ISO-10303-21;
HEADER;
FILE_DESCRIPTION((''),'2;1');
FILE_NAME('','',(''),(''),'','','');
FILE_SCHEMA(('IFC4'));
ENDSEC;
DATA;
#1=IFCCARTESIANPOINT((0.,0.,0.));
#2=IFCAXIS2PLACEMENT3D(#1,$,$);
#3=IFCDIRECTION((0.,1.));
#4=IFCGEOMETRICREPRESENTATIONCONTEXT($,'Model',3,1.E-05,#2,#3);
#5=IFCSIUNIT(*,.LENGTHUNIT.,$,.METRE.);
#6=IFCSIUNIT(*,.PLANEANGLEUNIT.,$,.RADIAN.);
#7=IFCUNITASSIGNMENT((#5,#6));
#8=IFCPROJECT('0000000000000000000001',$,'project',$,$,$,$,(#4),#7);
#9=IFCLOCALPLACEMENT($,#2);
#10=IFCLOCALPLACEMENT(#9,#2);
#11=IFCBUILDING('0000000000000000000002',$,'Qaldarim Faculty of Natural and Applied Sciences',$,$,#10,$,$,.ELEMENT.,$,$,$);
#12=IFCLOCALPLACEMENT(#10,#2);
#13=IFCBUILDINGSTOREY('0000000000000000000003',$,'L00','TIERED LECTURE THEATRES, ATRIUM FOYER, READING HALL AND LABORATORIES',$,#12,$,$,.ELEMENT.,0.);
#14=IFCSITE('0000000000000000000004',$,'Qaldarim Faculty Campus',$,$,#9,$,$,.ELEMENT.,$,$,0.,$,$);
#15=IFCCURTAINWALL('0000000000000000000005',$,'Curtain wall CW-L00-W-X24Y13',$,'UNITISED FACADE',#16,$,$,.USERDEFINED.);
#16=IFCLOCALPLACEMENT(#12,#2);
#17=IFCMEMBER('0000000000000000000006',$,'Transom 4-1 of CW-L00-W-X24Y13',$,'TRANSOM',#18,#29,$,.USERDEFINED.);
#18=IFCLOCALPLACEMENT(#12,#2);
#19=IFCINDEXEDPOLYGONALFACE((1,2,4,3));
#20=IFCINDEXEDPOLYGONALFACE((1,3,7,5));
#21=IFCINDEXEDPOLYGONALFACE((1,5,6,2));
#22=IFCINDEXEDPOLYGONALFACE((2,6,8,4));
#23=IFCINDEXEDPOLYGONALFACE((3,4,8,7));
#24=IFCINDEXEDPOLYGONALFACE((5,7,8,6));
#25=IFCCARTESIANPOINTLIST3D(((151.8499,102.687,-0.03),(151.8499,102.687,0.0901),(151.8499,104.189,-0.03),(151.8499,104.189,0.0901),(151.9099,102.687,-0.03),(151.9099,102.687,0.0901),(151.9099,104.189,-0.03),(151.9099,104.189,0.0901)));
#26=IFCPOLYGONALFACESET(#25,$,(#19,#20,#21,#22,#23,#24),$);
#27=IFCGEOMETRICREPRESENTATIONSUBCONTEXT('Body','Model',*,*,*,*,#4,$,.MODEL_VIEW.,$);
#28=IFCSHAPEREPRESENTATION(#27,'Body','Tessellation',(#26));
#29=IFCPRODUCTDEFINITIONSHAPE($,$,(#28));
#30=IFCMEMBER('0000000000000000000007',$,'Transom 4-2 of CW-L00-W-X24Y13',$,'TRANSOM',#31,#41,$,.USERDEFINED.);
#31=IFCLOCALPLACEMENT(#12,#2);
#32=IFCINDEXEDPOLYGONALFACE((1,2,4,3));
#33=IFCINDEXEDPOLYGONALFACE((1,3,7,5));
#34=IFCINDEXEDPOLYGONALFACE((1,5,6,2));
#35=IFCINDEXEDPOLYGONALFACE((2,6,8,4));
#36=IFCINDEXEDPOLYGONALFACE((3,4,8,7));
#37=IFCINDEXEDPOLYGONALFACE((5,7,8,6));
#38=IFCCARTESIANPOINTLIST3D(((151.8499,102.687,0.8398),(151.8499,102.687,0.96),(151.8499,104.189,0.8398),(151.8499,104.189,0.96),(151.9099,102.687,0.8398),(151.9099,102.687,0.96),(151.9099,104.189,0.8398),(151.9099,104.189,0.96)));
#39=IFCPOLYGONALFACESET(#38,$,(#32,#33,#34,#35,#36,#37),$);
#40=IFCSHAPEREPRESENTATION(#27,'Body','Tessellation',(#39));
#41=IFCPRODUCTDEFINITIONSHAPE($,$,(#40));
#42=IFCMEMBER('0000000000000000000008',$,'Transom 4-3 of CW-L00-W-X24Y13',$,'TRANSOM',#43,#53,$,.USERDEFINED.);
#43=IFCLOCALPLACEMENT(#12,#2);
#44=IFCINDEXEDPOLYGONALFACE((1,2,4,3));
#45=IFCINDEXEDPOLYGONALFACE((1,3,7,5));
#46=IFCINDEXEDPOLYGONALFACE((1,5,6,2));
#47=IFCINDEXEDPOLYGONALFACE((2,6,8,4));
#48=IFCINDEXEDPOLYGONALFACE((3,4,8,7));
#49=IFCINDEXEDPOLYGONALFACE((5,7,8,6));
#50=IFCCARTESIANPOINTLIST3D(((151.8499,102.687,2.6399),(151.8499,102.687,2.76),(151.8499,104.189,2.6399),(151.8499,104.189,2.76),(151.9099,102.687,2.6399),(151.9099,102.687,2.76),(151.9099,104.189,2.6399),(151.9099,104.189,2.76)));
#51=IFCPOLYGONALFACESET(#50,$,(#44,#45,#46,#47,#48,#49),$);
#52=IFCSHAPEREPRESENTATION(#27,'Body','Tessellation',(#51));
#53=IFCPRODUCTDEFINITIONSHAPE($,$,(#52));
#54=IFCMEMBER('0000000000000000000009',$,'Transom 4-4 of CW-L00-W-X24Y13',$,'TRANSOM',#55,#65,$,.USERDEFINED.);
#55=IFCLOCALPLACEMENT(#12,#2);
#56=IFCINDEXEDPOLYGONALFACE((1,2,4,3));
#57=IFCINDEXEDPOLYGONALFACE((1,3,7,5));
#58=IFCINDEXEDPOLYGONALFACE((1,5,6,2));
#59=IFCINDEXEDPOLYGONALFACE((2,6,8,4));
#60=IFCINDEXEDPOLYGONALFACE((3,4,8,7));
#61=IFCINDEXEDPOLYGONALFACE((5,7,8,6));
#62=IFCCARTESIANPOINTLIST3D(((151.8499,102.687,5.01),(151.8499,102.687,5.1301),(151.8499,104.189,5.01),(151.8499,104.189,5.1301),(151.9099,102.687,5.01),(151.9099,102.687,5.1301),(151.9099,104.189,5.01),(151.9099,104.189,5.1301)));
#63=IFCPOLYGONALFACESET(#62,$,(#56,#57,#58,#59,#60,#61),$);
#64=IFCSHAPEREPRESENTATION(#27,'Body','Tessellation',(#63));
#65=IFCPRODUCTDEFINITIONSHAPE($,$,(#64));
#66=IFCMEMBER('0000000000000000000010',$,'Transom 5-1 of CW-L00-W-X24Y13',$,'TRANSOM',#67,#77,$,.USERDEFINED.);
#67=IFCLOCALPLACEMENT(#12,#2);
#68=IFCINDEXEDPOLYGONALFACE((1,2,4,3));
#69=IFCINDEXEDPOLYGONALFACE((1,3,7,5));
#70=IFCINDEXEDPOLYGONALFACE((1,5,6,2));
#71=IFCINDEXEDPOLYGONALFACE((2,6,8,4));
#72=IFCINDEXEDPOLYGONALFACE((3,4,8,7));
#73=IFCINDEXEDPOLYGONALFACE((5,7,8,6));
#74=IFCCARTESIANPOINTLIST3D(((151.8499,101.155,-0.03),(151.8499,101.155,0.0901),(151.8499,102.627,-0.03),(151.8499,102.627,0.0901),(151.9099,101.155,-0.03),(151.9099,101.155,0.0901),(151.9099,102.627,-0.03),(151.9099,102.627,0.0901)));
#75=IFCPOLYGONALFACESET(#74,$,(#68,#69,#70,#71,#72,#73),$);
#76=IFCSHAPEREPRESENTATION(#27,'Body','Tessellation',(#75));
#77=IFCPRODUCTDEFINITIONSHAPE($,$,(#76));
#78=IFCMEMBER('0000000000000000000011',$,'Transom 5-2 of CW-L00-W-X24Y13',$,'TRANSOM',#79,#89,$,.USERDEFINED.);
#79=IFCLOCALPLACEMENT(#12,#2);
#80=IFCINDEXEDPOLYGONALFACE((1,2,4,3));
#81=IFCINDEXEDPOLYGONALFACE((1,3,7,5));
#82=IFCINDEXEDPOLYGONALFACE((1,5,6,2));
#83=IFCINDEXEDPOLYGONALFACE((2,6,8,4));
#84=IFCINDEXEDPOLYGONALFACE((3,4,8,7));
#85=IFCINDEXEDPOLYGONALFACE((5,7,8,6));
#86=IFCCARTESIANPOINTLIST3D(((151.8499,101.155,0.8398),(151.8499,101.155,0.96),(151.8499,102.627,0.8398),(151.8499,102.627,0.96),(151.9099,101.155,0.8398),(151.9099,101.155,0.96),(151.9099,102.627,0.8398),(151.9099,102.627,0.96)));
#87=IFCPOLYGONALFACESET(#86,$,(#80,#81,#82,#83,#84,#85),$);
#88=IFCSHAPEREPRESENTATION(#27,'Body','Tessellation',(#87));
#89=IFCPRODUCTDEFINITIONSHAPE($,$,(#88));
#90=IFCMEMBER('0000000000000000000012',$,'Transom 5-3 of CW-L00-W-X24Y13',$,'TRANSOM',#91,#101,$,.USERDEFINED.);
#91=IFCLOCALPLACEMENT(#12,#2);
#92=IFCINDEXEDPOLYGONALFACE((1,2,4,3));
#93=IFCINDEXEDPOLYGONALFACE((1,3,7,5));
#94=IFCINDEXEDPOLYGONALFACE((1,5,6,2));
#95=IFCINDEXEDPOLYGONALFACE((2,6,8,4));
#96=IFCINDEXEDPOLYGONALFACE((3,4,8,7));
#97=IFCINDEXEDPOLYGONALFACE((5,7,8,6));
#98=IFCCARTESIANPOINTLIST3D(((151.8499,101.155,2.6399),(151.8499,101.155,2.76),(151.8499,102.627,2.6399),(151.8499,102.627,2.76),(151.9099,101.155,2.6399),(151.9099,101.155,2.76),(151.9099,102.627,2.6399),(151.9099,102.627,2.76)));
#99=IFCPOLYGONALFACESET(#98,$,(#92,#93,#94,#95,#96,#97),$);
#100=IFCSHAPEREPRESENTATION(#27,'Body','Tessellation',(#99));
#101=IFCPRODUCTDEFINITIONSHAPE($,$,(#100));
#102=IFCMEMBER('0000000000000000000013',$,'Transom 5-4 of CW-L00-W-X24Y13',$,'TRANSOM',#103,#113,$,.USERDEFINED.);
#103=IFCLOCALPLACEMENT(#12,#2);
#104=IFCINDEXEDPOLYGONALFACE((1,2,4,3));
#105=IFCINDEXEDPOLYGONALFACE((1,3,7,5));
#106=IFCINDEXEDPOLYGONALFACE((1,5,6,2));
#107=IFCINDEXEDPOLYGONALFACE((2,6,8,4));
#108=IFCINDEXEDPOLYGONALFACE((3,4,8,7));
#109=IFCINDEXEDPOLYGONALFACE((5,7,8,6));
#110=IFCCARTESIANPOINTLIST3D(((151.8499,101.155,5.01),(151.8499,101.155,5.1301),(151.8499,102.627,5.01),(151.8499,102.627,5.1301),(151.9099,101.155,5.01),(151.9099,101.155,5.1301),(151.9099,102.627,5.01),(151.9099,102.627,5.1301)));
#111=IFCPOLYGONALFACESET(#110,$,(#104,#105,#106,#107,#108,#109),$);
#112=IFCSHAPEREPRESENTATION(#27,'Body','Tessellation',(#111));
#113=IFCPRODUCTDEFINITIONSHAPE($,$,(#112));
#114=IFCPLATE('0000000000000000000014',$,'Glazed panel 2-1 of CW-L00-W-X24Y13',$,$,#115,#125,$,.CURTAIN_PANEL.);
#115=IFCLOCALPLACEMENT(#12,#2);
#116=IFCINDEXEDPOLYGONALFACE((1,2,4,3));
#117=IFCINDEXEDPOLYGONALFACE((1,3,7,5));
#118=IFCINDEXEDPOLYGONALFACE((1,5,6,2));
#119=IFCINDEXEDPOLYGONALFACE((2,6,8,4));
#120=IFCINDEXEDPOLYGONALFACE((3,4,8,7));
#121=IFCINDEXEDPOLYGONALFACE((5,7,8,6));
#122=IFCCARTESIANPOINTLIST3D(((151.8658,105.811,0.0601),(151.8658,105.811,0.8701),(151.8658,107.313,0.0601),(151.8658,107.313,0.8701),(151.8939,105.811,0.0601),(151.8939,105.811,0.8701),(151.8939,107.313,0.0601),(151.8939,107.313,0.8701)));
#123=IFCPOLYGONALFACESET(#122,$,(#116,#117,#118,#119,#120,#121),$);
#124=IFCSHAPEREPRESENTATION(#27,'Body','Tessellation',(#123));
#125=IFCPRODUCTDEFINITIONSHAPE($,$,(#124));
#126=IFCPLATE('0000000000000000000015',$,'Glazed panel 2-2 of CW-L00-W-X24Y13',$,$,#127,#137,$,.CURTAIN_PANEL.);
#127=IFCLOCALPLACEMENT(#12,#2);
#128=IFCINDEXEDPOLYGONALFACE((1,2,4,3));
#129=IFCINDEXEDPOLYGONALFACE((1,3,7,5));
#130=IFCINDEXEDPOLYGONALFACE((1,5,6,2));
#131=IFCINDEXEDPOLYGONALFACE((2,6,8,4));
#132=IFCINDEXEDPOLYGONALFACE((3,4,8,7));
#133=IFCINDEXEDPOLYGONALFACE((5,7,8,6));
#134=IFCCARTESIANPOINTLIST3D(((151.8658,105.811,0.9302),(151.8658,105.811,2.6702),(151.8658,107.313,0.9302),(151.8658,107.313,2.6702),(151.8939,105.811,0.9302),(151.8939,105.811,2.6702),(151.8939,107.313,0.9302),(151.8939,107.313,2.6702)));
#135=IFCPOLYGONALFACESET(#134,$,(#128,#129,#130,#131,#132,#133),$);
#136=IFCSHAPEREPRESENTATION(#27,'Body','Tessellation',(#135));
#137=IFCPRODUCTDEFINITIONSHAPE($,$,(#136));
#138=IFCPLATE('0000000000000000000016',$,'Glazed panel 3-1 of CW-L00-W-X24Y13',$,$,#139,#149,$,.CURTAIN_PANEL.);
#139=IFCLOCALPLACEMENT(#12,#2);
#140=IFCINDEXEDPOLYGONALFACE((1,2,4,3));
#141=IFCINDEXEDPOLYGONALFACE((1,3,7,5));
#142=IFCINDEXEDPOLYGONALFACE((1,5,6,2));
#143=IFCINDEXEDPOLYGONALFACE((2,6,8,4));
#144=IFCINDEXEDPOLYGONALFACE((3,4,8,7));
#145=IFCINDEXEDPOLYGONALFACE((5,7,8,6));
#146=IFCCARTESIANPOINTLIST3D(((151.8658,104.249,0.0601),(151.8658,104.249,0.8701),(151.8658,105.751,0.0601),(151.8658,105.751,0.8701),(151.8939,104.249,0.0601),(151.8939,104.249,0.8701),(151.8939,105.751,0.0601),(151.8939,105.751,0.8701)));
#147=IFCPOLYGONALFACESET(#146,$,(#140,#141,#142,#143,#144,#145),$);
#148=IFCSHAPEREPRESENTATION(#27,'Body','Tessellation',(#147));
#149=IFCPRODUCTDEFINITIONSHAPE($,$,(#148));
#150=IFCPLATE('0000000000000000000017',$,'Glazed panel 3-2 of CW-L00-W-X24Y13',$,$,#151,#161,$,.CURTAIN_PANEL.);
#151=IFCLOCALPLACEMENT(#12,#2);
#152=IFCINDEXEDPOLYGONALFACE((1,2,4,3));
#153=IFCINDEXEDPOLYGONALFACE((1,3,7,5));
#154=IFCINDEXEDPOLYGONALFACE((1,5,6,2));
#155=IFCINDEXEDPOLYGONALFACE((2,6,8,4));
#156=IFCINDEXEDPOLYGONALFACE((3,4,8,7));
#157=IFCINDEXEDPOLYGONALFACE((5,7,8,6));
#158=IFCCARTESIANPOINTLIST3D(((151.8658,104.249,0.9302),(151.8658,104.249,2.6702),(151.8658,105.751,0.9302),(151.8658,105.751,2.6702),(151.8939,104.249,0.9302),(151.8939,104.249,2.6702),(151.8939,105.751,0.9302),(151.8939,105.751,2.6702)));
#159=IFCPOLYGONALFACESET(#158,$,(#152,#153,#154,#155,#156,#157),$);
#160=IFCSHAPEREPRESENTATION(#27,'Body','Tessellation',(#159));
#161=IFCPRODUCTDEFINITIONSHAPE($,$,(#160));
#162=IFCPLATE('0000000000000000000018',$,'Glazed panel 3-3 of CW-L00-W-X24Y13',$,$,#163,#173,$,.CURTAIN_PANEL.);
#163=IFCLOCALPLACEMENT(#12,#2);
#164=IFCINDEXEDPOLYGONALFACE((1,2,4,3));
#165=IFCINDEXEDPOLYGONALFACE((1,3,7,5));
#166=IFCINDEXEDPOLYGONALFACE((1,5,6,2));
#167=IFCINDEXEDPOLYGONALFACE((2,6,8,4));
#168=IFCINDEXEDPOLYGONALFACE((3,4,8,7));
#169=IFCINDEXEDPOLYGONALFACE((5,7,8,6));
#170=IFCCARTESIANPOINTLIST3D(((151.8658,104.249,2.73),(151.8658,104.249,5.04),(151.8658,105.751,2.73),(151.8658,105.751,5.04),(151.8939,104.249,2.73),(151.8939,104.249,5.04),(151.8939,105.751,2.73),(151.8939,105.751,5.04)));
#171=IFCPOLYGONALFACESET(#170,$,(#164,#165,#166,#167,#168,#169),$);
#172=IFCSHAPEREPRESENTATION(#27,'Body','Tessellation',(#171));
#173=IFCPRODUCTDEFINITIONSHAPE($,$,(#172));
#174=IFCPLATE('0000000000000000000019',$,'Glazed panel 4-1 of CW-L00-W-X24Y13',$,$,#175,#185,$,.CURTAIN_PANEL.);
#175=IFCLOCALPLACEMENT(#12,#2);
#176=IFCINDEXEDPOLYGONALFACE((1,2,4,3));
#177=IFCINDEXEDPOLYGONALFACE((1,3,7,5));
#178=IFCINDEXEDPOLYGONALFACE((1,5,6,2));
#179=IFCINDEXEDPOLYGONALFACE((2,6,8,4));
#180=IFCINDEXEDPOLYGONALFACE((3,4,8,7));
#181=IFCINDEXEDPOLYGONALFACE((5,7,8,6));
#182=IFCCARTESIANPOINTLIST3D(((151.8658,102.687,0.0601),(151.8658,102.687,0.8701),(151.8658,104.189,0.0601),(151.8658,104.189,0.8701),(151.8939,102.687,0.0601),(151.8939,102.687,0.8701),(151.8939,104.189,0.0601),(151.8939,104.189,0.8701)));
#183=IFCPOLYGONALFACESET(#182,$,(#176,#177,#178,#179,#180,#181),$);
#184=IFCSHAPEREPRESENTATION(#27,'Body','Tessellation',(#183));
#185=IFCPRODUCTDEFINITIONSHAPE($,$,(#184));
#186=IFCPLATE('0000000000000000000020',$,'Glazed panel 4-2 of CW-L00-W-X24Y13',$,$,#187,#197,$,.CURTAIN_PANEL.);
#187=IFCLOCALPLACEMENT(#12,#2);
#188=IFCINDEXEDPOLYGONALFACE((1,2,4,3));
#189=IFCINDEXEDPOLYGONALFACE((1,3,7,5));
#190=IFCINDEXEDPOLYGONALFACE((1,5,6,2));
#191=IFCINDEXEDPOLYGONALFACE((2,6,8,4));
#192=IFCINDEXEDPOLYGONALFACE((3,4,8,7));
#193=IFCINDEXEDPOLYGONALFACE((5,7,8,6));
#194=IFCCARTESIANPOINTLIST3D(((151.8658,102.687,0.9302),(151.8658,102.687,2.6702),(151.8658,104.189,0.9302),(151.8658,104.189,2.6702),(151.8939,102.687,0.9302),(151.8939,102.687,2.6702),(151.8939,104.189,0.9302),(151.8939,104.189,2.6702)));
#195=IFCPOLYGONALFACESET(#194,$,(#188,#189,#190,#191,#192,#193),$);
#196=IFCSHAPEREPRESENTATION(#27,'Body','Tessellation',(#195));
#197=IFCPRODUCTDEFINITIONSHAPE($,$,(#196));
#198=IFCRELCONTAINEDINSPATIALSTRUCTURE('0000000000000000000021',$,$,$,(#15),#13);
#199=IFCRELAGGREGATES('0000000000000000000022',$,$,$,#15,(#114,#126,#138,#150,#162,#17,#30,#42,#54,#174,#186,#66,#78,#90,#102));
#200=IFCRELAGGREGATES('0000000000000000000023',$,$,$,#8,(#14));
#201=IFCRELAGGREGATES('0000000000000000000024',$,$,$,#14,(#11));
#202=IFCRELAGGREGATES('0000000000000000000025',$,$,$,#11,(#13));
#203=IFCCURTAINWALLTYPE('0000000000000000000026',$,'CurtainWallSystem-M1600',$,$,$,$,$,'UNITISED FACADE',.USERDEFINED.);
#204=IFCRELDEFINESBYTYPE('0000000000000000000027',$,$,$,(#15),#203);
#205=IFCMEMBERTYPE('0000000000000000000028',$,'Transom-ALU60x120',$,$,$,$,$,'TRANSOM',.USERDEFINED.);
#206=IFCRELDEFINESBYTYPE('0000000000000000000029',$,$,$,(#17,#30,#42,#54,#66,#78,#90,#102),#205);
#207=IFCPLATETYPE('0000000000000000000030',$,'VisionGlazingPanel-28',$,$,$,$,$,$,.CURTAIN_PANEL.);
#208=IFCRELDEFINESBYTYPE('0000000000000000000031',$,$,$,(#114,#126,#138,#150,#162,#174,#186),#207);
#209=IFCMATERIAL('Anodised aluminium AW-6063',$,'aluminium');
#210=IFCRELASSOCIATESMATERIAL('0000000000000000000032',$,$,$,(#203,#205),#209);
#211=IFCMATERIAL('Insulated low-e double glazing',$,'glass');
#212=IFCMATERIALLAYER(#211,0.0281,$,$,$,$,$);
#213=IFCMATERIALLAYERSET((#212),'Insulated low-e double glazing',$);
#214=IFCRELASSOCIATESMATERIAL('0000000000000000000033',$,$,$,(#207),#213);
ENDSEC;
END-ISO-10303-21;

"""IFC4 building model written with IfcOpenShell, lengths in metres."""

from ifc_helpers import new_model, si_unit, direction, frame, origin, origin_2d, place, context, subcontext, project, spatial, rectangle, extrude, material, layer, layer_set, material_profile, profile_set, type_object, element, aggregate, save


model = new_model("IFC4")

# Units and contexts
model_context = context("Model", 3, precision=1e-05, world=origin(), true_north=direction((0.0, 1.0)))
body_context = subcontext(model_context, "Body", "Model", "MODEL_VIEW")
ifc_project = project(units=[si_unit("LENGTHUNIT", "METRE"), si_unit("PLANEANGLEUNIT", "RADIAN")], contexts=[model_context])

# Site, building, storey
site_placement = place(None, origin())
site = spatial("IfcSite", under=ifc_project, at=site_placement, Name="Qaldarim Faculty Campus", CompositionType="ELEMENT", RefElevation=0.0)
building_placement = place(site_placement, origin())
building = spatial("IfcBuilding", under=site, at=building_placement, Name="Qaldarim Faculty of Natural and Applied Sciences", CompositionType="ELEMENT")
storey_placement = place(building_placement, origin())
storey = spatial("IfcBuildingStorey", under=building, at=storey_placement, Name="L00", Description="TIERED LECTURE THEATRES, ATRIUM FOYER, READING HALL AND LABORATORIES", CompositionType="ELEMENT", Elevation=0.0)

# Curtain wall, members, plates
ifc_material_1 = material(Name="Anodised aluminium AW-6063", Category="aluminium")
curtain_wall_type = type_object("IfcCurtainWallType", Name="CurtainWallSystem-M1600", ElementType="UNITISED FACADE", PredefinedType="USERDEFINED", material=ifc_material_1)
curtain_wall_placement = place(storey_placement, origin())
curtain_wall = element("IfcCurtainWall", 1, at=curtain_wall_placement, inside=storey, type_object=curtain_wall_type, Name="Curtain wall CW-L00-W-X24Y13", ObjectType="UNITISED FACADE", PredefinedType="USERDEFINED")
ifc_material_profile_1 = material_profile(ifc_material_1, rectangle(XDim=0.0601, YDim=0.1201, at=origin_2d()), Name="ALU-T60x120")
ifc_profile_set_1 = profile_set([ifc_material_profile_1], Name="Anodised aluminium AW-6063")
member_type_1 = type_object("IfcMemberType", Name="Transom-ALU60x120", ElementType="TRANSOM", PredefinedType="USERDEFINED", material=ifc_profile_set_1)
member_1_placement = place(storey_placement, frame((151.8799, 104.189, 0.03), z_axis=(0.0, -1.0, 0.0), x_axis=(1.0, 0.0, 0.0)))
member_1 = element("IfcMember", 2, at=member_1_placement, type_object=member_type_1, Name="Transom 4-1 of CW-L00-W-X24Y13", ObjectType="TRANSOM", PredefinedType="USERDEFINED", context=body_context, shape_type="SweptSolid", body=[
    extrude(rectangle(XDim=0.0601, YDim=0.1201, at=origin_2d()), origin(), (0.0, 0.0, 1.0), 1.502),
])
member_2_placement = place(storey_placement, frame((151.8799, 104.189, 0.8999), z_axis=(0.0, -1.0, 0.0), x_axis=(1.0, 0.0, 0.0)))
member_2 = element("IfcMember", 3, at=member_2_placement, type_object=member_type_1, Name="Transom 4-2 of CW-L00-W-X24Y13", ObjectType="TRANSOM", PredefinedType="USERDEFINED", context=body_context, shape_type="SweptSolid", body=[
    extrude(rectangle(XDim=0.0601, YDim=0.1201, at=origin_2d()), origin(), (0.0, 0.0, 1.0), 1.502),
])
member_3_placement = place(storey_placement, frame((151.8799, 104.189, 2.7), z_axis=(0.0, -1.0, 0.0), x_axis=(1.0, 0.0, 0.0)))
member_3 = element("IfcMember", 4, at=member_3_placement, type_object=member_type_1, Name="Transom 4-3 of CW-L00-W-X24Y13", ObjectType="TRANSOM", PredefinedType="USERDEFINED", context=body_context, shape_type="SweptSolid", body=[
    extrude(rectangle(XDim=0.0601, YDim=0.1201, at=origin_2d()), origin(), (0.0, 0.0, 1.0), 1.502),
])
member_4_placement = place(storey_placement, frame((151.8799, 104.189, 5.0701), z_axis=(0.0, -1.0, 0.0), x_axis=(1.0, 0.0, 0.0)))
member_4 = element("IfcMember", 5, at=member_4_placement, type_object=member_type_1, Name="Transom 4-4 of CW-L00-W-X24Y13", ObjectType="TRANSOM", PredefinedType="USERDEFINED", context=body_context, shape_type="SweptSolid", body=[
    extrude(rectangle(XDim=0.0601, YDim=0.1201, at=origin_2d()), origin(), (0.0, 0.0, 1.0), 1.502),
])
member_5_placement = place(storey_placement, frame((151.8799, 102.627, 0.03), z_axis=(0.0, -1.0, 0.0), x_axis=(1.0, 0.0, 0.0)))
member_5 = element("IfcMember", 6, at=member_5_placement, type_object=member_type_1, Name="Transom 5-1 of CW-L00-W-X24Y13", ObjectType="TRANSOM", PredefinedType="USERDEFINED", context=body_context, shape_type="SweptSolid", body=[
    extrude(rectangle(XDim=0.0601, YDim=0.1201, at=origin_2d()), origin(), (0.0, 0.0, 1.0), 1.4719),
])
member_6_placement = place(storey_placement, frame((151.8799, 102.627, 0.8999), z_axis=(0.0, -1.0, 0.0), x_axis=(1.0, 0.0, 0.0)))
member_6 = element("IfcMember", 7, at=member_6_placement, type_object=member_type_1, Name="Transom 5-2 of CW-L00-W-X24Y13", ObjectType="TRANSOM", PredefinedType="USERDEFINED", context=body_context, shape_type="SweptSolid", body=[
    extrude(rectangle(XDim=0.0601, YDim=0.1201, at=origin_2d()), origin(), (0.0, 0.0, 1.0), 1.4719),
])
member_7_placement = place(storey_placement, frame((151.8799, 102.627, 2.7), z_axis=(0.0, -1.0, 0.0), x_axis=(1.0, 0.0, 0.0)))
member_7 = element("IfcMember", 8, at=member_7_placement, type_object=member_type_1, Name="Transom 5-3 of CW-L00-W-X24Y13", ObjectType="TRANSOM", PredefinedType="USERDEFINED", context=body_context, shape_type="SweptSolid", body=[
    extrude(rectangle(XDim=0.0601, YDim=0.1201, at=origin_2d()), origin(), (0.0, 0.0, 1.0), 1.4719),
])
member_8_placement = place(storey_placement, frame((151.8799, 102.627, 5.0701), z_axis=(0.0, -1.0, 0.0), x_axis=(1.0, 0.0, 0.0)))
member_8 = element("IfcMember", 9, at=member_8_placement, type_object=member_type_1, Name="Transom 5-4 of CW-L00-W-X24Y13", ObjectType="TRANSOM", PredefinedType="USERDEFINED", context=body_context, shape_type="SweptSolid", body=[
    extrude(rectangle(XDim=0.0601, YDim=0.1201, at=origin_2d()), origin(), (0.0, 0.0, 1.0), 1.4719),
])
ifc_material_2 = material(Name="Insulated low-e double glazing", Category="glass")
ifc_layer_1 = layer(ifc_material_2, 0.0281)
ifc_layer_set_1 = layer_set([ifc_layer_1], Name="Insulated low-e double glazing")
plate_type = type_object("IfcPlateType", Name="VisionGlazingPanel-28", PredefinedType="CURTAIN_PANEL", material=ifc_layer_set_1)
plate_1_placement = place(storey_placement, frame((151.8799, 106.562, 0.0601), z_axis=(0.0, 0.0, 1.0), x_axis=(0.0, -1.0, 0.0)))
plate_1 = element("IfcPlate", 10, at=plate_1_placement, type_object=plate_type, Name="Glazed panel 2-1 of CW-L00-W-X24Y13", PredefinedType="CURTAIN_PANEL", context=body_context, shape_type="SweptSolid", body=[
    extrude(rectangle(XDim=1.502, YDim=0.0281, at=origin_2d()), origin(), (0.0, 0.0, 1.0), 0.8101),
])
plate_2_placement = place(storey_placement, frame((151.8799, 106.562, 0.9302), z_axis=(0.0, 0.0, 1.0), x_axis=(0.0, -1.0, 0.0)))
plate_2 = element("IfcPlate", 11, at=plate_2_placement, type_object=plate_type, Name="Glazed panel 2-2 of CW-L00-W-X24Y13", PredefinedType="CURTAIN_PANEL", context=body_context, shape_type="SweptSolid", body=[
    extrude(rectangle(XDim=1.502, YDim=0.0281, at=origin_2d()), origin(), (0.0, 0.0, 1.0), 1.74),
])
plate_3_placement = place(storey_placement, frame((151.8799, 105.0, 0.0601), z_axis=(0.0, 0.0, 1.0), x_axis=(0.0, -1.0, 0.0)))
plate_3 = element("IfcPlate", 12, at=plate_3_placement, type_object=plate_type, Name="Glazed panel 3-1 of CW-L00-W-X24Y13", PredefinedType="CURTAIN_PANEL", context=body_context, shape_type="SweptSolid", body=[
    extrude(rectangle(XDim=1.502, YDim=0.0281, at=origin_2d()), origin(), (0.0, 0.0, 1.0), 0.8101),
])
plate_4_placement = place(storey_placement, frame((151.8799, 105.0, 0.9302), z_axis=(0.0, 0.0, 1.0), x_axis=(0.0, -1.0, 0.0)))
plate_4 = element("IfcPlate", 13, at=plate_4_placement, type_object=plate_type, Name="Glazed panel 3-2 of CW-L00-W-X24Y13", PredefinedType="CURTAIN_PANEL", context=body_context, shape_type="SweptSolid", body=[
    extrude(rectangle(XDim=1.502, YDim=0.0281, at=origin_2d()), origin(), (0.0, 0.0, 1.0), 1.74),
])
plate_5_placement = place(storey_placement, frame((151.8799, 105.0, 2.73), z_axis=(0.0, 0.0, 1.0), x_axis=(0.0, -1.0, 0.0)))
plate_5 = element("IfcPlate", 14, at=plate_5_placement, type_object=plate_type, Name="Glazed panel 3-3 of CW-L00-W-X24Y13", PredefinedType="CURTAIN_PANEL", context=body_context, shape_type="SweptSolid", body=[
    extrude(rectangle(XDim=1.502, YDim=0.0281, at=origin_2d()), origin(), (0.0, 0.0, 1.0), 2.3101),
])
plate_6_placement = place(storey_placement, frame((151.8799, 103.438, 0.0601), z_axis=(0.0, 0.0, 1.0), x_axis=(0.0, -1.0, 0.0)))
plate_6 = element("IfcPlate", 15, at=plate_6_placement, type_object=plate_type, Name="Glazed panel 4-1 of CW-L00-W-X24Y13", PredefinedType="CURTAIN_PANEL", context=body_context, shape_type="SweptSolid", body=[
    extrude(rectangle(XDim=1.502, YDim=0.0281, at=origin_2d()), origin(), (0.0, 0.0, 1.0), 0.8101),
])
plate_7_placement = place(storey_placement, frame((151.8799, 103.438, 0.9302), z_axis=(0.0, 0.0, 1.0), x_axis=(0.0, -1.0, 0.0)))
plate_7 = element("IfcPlate", 16, at=plate_7_placement, type_object=plate_type, Name="Glazed panel 4-2 of CW-L00-W-X24Y13", PredefinedType="CURTAIN_PANEL", context=body_context, shape_type="SweptSolid", body=[
    extrude(rectangle(XDim=1.502, YDim=0.0281, at=origin_2d()), origin(), (0.0, 0.0, 1.0), 1.74),
])
aggregate(curtain_wall, [plate_1, plate_2, plate_3, plate_4, plate_5, member_1, member_2, member_3, member_4, plate_6, plate_7, member_5, member_6, member_7, member_8])

save(model, "model.ifc")
